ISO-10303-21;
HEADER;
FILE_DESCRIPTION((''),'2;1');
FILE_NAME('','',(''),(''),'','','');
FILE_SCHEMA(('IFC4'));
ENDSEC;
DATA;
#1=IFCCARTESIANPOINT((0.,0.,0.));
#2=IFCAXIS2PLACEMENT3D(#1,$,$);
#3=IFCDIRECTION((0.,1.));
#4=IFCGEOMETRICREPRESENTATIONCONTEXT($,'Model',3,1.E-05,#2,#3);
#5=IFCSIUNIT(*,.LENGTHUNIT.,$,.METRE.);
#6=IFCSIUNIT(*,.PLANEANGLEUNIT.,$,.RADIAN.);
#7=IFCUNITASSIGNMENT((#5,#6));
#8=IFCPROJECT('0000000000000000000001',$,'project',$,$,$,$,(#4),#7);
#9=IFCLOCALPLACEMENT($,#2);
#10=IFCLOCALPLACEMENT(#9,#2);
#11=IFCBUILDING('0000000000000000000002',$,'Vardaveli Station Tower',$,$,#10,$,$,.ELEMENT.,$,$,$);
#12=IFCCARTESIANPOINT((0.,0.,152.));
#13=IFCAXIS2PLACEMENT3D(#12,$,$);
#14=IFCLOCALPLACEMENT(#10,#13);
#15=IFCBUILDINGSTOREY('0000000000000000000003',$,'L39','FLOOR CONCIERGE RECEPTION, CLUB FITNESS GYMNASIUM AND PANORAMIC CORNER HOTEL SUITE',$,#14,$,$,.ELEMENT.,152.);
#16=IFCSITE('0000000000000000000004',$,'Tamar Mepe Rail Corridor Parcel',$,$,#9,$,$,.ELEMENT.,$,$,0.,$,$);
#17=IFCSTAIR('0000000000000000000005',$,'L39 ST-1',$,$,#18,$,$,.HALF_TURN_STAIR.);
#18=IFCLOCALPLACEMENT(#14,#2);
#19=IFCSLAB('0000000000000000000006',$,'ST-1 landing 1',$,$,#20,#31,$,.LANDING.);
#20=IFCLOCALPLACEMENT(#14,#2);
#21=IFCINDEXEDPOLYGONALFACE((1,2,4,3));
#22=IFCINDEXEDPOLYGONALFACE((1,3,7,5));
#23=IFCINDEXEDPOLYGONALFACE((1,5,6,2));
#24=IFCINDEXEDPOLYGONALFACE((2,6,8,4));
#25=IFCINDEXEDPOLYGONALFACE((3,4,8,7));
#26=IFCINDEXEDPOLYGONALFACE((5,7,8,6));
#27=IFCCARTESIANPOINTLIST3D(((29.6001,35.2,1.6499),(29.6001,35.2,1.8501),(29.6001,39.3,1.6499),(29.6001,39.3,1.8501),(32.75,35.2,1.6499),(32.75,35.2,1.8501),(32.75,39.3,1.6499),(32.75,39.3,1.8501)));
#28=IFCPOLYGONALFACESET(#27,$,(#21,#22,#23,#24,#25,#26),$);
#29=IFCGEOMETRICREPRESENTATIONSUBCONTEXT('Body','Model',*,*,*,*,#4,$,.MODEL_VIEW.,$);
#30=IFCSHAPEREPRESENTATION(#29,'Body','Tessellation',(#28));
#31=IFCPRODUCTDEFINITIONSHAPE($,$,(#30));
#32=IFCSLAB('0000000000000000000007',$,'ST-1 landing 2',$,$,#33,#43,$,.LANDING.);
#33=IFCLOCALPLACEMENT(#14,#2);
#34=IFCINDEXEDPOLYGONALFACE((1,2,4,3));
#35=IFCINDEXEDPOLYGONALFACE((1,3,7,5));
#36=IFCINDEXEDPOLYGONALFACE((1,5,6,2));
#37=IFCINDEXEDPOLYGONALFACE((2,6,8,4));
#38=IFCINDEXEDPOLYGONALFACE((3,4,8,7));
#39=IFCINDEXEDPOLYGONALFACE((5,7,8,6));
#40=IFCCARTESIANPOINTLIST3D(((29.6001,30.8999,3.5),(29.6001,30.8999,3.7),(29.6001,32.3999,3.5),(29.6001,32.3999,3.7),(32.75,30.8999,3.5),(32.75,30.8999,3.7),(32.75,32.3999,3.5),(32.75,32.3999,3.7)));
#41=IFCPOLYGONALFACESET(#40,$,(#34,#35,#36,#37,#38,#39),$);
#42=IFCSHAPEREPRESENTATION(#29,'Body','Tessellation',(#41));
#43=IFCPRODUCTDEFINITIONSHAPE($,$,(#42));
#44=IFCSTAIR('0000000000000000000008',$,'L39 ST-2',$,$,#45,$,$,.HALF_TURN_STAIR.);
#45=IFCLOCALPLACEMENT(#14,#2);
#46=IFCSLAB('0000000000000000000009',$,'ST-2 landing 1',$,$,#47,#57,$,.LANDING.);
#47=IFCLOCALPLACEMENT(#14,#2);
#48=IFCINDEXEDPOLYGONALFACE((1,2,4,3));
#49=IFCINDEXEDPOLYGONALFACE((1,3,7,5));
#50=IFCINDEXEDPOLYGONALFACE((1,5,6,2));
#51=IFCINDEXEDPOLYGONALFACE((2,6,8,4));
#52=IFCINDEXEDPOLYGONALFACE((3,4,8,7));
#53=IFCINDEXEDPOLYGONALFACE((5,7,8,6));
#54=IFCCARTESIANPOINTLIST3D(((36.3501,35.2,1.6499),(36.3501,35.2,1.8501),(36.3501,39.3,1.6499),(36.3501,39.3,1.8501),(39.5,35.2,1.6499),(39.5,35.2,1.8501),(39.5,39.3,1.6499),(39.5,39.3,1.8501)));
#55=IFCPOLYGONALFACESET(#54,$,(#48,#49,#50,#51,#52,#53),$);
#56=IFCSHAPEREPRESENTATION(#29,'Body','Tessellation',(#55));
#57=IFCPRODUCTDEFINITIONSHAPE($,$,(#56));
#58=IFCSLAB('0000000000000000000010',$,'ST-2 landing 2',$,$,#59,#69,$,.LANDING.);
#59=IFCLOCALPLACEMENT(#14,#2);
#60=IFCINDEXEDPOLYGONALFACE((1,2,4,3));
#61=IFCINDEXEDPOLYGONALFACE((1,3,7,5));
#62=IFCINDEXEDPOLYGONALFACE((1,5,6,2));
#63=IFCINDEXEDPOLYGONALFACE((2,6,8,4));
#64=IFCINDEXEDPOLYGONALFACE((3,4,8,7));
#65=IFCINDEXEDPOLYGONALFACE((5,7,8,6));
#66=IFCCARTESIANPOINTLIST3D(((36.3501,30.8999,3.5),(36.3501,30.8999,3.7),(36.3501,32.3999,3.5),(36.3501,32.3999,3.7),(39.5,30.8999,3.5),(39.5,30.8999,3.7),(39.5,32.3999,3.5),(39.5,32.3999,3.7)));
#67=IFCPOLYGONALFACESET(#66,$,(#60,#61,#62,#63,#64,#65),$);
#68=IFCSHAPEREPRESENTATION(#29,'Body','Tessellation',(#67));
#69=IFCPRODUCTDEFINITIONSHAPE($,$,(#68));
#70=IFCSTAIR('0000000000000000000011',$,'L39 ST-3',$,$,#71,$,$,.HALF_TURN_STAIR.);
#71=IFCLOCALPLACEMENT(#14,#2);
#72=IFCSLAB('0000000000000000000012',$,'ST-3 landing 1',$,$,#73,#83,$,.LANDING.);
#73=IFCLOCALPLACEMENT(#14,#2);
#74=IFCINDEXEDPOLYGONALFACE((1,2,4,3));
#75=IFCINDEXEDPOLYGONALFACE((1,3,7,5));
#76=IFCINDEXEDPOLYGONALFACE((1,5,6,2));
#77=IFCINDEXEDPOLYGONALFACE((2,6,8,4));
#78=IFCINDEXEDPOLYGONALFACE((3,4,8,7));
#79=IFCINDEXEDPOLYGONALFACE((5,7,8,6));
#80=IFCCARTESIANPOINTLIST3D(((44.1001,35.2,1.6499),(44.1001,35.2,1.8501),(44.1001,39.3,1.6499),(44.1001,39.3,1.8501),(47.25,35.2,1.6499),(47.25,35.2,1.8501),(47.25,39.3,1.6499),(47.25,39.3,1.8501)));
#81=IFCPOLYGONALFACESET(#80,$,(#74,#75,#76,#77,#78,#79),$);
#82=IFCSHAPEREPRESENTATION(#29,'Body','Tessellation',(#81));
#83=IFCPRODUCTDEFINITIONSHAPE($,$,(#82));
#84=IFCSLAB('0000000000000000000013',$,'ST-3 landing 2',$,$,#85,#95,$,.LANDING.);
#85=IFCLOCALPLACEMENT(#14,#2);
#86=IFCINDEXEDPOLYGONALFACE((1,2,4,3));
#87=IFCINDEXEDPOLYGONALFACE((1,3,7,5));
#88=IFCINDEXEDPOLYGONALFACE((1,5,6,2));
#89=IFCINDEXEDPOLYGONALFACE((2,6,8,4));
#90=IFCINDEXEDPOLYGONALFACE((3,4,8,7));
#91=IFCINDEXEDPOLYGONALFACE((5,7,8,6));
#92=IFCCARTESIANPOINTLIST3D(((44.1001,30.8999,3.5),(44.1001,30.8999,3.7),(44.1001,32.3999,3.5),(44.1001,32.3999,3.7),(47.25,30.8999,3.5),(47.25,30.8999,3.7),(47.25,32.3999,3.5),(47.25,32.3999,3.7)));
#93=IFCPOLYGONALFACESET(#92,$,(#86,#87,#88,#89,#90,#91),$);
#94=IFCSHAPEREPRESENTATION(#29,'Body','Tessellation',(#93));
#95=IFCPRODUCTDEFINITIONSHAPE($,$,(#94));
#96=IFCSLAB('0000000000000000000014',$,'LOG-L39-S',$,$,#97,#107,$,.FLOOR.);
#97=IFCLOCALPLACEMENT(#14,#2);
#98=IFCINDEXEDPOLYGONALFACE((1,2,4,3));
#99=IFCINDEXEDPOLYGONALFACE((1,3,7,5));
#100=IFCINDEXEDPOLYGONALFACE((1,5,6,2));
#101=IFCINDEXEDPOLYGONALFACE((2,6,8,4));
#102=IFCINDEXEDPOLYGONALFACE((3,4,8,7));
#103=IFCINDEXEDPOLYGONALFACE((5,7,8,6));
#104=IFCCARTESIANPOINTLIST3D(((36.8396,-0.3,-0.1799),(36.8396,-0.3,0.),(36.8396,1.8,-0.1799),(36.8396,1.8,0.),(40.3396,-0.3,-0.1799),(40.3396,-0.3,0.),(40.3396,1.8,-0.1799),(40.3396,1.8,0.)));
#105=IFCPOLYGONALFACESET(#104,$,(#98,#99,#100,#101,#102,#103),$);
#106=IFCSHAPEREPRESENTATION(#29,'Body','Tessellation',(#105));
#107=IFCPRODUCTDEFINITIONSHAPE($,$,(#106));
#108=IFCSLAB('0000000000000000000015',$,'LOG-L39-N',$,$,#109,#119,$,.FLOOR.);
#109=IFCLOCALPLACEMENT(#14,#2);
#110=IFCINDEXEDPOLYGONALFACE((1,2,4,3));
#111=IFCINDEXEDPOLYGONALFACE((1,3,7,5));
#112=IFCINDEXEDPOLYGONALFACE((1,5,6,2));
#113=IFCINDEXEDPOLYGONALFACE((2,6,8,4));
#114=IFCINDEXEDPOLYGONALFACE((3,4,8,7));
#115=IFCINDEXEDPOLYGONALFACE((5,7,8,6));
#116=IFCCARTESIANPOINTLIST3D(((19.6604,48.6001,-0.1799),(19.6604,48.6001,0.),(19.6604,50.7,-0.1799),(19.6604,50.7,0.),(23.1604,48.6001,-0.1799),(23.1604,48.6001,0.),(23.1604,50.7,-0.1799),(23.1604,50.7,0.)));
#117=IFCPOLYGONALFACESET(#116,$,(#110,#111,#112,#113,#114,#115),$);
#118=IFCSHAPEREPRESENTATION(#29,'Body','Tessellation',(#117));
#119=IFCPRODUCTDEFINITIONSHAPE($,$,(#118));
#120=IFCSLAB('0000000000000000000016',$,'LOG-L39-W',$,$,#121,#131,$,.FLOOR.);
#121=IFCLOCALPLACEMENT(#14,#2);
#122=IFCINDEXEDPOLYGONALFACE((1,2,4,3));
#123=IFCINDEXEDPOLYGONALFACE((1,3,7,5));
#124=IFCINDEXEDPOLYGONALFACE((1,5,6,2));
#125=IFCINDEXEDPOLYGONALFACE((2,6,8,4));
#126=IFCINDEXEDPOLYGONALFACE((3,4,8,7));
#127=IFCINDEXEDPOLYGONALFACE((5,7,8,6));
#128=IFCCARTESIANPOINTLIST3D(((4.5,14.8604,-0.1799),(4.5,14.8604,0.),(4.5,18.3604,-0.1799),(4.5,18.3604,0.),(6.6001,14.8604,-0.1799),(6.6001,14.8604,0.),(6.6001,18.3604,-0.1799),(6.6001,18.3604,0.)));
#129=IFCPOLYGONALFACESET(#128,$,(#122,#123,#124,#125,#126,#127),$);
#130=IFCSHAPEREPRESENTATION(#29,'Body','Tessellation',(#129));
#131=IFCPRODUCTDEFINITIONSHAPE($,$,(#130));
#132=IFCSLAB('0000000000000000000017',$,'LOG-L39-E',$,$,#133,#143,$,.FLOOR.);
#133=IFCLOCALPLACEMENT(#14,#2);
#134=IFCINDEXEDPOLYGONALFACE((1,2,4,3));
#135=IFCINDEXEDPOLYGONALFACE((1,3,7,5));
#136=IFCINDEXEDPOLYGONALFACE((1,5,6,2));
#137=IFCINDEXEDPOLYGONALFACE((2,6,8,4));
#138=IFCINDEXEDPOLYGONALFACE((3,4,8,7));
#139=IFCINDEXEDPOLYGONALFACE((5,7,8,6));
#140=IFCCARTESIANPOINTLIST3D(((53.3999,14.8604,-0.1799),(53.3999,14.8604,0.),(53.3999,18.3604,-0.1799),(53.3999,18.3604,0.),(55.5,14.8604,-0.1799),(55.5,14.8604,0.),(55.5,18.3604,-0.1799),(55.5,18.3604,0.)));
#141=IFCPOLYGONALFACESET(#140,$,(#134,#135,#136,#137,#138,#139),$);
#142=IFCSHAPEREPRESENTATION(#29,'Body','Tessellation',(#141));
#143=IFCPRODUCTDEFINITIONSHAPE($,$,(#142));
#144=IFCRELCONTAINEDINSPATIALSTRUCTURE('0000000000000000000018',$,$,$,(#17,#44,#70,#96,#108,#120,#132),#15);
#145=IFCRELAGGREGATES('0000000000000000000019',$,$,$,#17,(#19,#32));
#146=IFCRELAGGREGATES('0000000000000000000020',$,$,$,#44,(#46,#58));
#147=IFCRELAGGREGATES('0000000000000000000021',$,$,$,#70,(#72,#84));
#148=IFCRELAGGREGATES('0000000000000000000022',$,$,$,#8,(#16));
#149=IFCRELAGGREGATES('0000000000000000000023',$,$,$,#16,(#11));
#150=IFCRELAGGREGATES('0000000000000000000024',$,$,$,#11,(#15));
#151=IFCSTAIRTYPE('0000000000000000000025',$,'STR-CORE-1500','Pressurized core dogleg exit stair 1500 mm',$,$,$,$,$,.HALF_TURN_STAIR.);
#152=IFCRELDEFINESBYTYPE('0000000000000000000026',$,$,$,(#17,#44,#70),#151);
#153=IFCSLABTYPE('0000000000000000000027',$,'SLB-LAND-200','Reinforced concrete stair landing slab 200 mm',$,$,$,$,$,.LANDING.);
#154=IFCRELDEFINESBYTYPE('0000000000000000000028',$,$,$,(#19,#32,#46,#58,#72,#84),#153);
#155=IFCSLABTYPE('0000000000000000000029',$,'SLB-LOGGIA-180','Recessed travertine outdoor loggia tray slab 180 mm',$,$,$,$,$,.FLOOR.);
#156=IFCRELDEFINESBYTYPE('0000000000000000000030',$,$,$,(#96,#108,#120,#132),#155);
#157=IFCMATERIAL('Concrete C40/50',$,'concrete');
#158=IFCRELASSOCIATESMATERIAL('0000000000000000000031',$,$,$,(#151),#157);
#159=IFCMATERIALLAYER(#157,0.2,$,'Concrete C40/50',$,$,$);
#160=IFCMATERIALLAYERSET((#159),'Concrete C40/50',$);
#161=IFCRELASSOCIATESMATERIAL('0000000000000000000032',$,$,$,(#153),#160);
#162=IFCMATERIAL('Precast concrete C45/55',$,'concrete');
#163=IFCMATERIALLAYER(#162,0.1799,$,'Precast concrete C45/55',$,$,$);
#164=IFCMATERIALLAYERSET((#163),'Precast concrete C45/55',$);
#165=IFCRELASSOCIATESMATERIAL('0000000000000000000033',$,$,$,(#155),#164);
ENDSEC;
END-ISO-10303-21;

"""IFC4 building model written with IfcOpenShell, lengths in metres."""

from ifc_helpers import new_model, si_unit, direction, frame, origin, place, context, subcontext, project, spatial, polyline, outline, extrude, material, layer, layer_set, type_object, element, aggregate, save


model = new_model("IFC4")

# Units and contexts
model_context = context("Model", 3, precision=1e-05, world=origin(), true_north=direction((0.0, 1.0)))
body_context = subcontext(model_context, "Body", "Model", "MODEL_VIEW")
ifc_project = project(units=[si_unit("LENGTHUNIT", "METRE"), si_unit("PLANEANGLEUNIT", "RADIAN")], contexts=[model_context])

# Site, building, storey
site_placement = place(None, origin())
site = spatial("IfcSite", under=ifc_project, at=site_placement, Name="Tamar Mepe Rail Corridor Parcel", CompositionType="ELEMENT", RefElevation=0.0)
building_placement = place(site_placement, origin())
building = spatial("IfcBuilding", under=site, at=building_placement, Name="Vardaveli Station Tower", CompositionType="ELEMENT")
storey_placement = place(building_placement, frame((0.0, 0.0, 152.0)))
storey = spatial("IfcBuildingStorey", under=building, at=storey_placement, Name="L39", Description="FLOOR CONCIERGE RECEPTION, CLUB FITNESS GYMNASIUM AND PANORAMIC CORNER HOTEL SUITE", CompositionType="ELEMENT", Elevation=152.0)

# Stairs, slabs
ifc_material_1 = material(Name="Concrete C40/50", Category="concrete")
stair_type = type_object("IfcStairType", Name="STR-CORE-1500", Description="Pressurized core dogleg exit stair 1500 mm", PredefinedType="HALF_TURN_STAIR", material=ifc_material_1)
stair_1_placement = place(storey_placement, origin())
stair_1 = element("IfcStair", 1, at=stair_1_placement, inside=storey, type_object=stair_type, Name="L39 ST-1", PredefinedType="HALF_TURN_STAIR")
ifc_layer_1 = layer(ifc_material_1, 0.2, Name="Concrete C40/50")
ifc_layer_set_1 = layer_set([ifc_layer_1], Name="Concrete C40/50")
slab_type_1 = type_object("IfcSlabType", Name="SLB-LAND-200", Description="Reinforced concrete stair landing slab 200 mm", PredefinedType="LANDING", material=ifc_layer_set_1)
slab_1_placement = place(storey_placement, frame((0.0, 0.0, 1.6499)))
slab_1 = element("IfcSlab", 2, at=slab_1_placement, type_object=slab_type_1, Name="ST-1 landing 1", PredefinedType="LANDING", context=body_context, shape_type="SweptSolid", body=[
    extrude(outline(polyline([(32.75, 35.2), (32.75, 39.3), (29.6001, 39.3), (29.6001, 35.2), (32.75, 35.2)])), origin(), (0.0, 0.0, 1.0), 0.2002),
])
slab_2_placement = place(storey_placement, frame((0.0, 0.0, 3.5)))
slab_2 = element("IfcSlab", 3, at=slab_2_placement, type_object=slab_type_1, Name="ST-1 landing 2", PredefinedType="LANDING", context=body_context, shape_type="SweptSolid", body=[
    extrude(outline(polyline([(32.75, 30.8999), (32.75, 32.3999), (29.6001, 32.3999), (29.6001, 30.8999), (32.75, 30.8999)])), origin(), (0.0, 0.0, 1.0), 0.2),
])
aggregate(stair_1, [slab_1, slab_2])
stair_2_placement = place(storey_placement, origin())
stair_2 = element("IfcStair", 4, at=stair_2_placement, inside=storey, type_object=stair_type, Name="L39 ST-2", PredefinedType="HALF_TURN_STAIR")
slab_3_placement = place(storey_placement, frame((0.0, 0.0, 1.6499)))
slab_3 = element("IfcSlab", 5, at=slab_3_placement, type_object=slab_type_1, Name="ST-2 landing 1", PredefinedType="LANDING", context=body_context, shape_type="SweptSolid", body=[
    extrude(outline(polyline([(39.5, 35.2), (39.5, 39.3), (36.3501, 39.3), (36.3501, 35.2), (39.5, 35.2)])), origin(), (0.0, 0.0, 1.0), 0.2002),
])
slab_4_placement = place(storey_placement, frame((0.0, 0.0, 3.5)))
slab_4 = element("IfcSlab", 6, at=slab_4_placement, type_object=slab_type_1, Name="ST-2 landing 2", PredefinedType="LANDING", context=body_context, shape_type="SweptSolid", body=[
    extrude(outline(polyline([(39.5, 30.8999), (39.5, 32.3999), (36.3501, 32.3999), (36.3501, 30.8999), (39.5, 30.8999)])), origin(), (0.0, 0.0, 1.0), 0.2),
])
aggregate(stair_2, [slab_3, slab_4])
stair_3_placement = place(storey_placement, origin())
stair_3 = element("IfcStair", 7, at=stair_3_placement, inside=storey, type_object=stair_type, Name="L39 ST-3", PredefinedType="HALF_TURN_STAIR")
slab_5_placement = place(storey_placement, frame((0.0, 0.0, 1.6499)))
slab_5 = element("IfcSlab", 8, at=slab_5_placement, type_object=slab_type_1, Name="ST-3 landing 1", PredefinedType="LANDING", context=body_context, shape_type="SweptSolid", body=[
    extrude(outline(polyline([(47.25, 35.2), (47.25, 39.3), (44.1001, 39.3), (44.1001, 35.2), (47.25, 35.2)])), origin(), (0.0, 0.0, 1.0), 0.2002),
])
slab_6_placement = place(storey_placement, frame((0.0, 0.0, 3.5)))
slab_6 = element("IfcSlab", 9, at=slab_6_placement, type_object=slab_type_1, Name="ST-3 landing 2", PredefinedType="LANDING", context=body_context, shape_type="SweptSolid", body=[
    extrude(outline(polyline([(47.25, 30.8999), (47.25, 32.3999), (44.1001, 32.3999), (44.1001, 30.8999), (47.25, 30.8999)])), origin(), (0.0, 0.0, 1.0), 0.2),
])
aggregate(stair_3, [slab_5, slab_6])

# Slabs
ifc_material_2 = material(Name="Precast concrete C45/55", Category="concrete")
ifc_layer_2 = layer(ifc_material_2, 0.1799, Name="Precast concrete C45/55")
ifc_layer_set_2 = layer_set([ifc_layer_2], Name="Precast concrete C45/55")
slab_type_2 = type_object("IfcSlabType", Name="SLB-LOGGIA-180", Description="Recessed travertine outdoor loggia tray slab 180 mm", PredefinedType="FLOOR", material=ifc_layer_set_2)
slab_7_placement = place(storey_placement, frame((0.0, 0.0, -0.1799)))
element("IfcSlab", 10, at=slab_7_placement, inside=storey, type_object=slab_type_2, Name="LOG-L39-S", PredefinedType="FLOOR", context=body_context, shape_type="SweptSolid", body=[
    extrude(outline(polyline([(36.8396, -0.3), (40.3396, -0.3), (40.3396, 1.8), (36.8396, 1.8), (36.8396, -0.3)])), origin(), (0.0, 0.0, 1.0), 0.1799),
])
slab_8_placement = place(storey_placement, frame((0.0, 0.0, -0.1799)))
element("IfcSlab", 11, at=slab_8_placement, inside=storey, type_object=slab_type_2, Name="LOG-L39-N", PredefinedType="FLOOR", context=body_context, shape_type="SweptSolid", body=[
    extrude(outline(polyline([(19.6604, 48.6001), (23.1604, 48.6001), (23.1604, 50.7), (19.6604, 50.7), (19.6604, 48.6001)])), origin(), (0.0, 0.0, 1.0), 0.1799),
])
slab_9_placement = place(storey_placement, frame((0.0, 0.0, -0.1799)))
element("IfcSlab", 12, at=slab_9_placement, inside=storey, type_object=slab_type_2, Name="LOG-L39-W", PredefinedType="FLOOR", context=body_context, shape_type="SweptSolid", body=[
    extrude(outline(polyline([(4.5, 14.8604), (6.6001, 14.8604), (6.6001, 18.3604), (4.5, 18.3604), (4.5, 14.8604)])), origin(), (0.0, 0.0, 1.0), 0.1799),
])
slab_10_placement = place(storey_placement, frame((0.0, 0.0, -0.1799)))
element("IfcSlab", 13, at=slab_10_placement, inside=storey, type_object=slab_type_2, Name="LOG-L39-E", PredefinedType="FLOOR", context=body_context, shape_type="SweptSolid", body=[
    extrude(outline(polyline([(53.3999, 14.8604), (55.5, 14.8604), (55.5, 18.3604), (53.3999, 18.3604), (53.3999, 14.8604)])), origin(), (0.0, 0.0, 1.0), 0.1799),
])

save(model, "model.ifc")
